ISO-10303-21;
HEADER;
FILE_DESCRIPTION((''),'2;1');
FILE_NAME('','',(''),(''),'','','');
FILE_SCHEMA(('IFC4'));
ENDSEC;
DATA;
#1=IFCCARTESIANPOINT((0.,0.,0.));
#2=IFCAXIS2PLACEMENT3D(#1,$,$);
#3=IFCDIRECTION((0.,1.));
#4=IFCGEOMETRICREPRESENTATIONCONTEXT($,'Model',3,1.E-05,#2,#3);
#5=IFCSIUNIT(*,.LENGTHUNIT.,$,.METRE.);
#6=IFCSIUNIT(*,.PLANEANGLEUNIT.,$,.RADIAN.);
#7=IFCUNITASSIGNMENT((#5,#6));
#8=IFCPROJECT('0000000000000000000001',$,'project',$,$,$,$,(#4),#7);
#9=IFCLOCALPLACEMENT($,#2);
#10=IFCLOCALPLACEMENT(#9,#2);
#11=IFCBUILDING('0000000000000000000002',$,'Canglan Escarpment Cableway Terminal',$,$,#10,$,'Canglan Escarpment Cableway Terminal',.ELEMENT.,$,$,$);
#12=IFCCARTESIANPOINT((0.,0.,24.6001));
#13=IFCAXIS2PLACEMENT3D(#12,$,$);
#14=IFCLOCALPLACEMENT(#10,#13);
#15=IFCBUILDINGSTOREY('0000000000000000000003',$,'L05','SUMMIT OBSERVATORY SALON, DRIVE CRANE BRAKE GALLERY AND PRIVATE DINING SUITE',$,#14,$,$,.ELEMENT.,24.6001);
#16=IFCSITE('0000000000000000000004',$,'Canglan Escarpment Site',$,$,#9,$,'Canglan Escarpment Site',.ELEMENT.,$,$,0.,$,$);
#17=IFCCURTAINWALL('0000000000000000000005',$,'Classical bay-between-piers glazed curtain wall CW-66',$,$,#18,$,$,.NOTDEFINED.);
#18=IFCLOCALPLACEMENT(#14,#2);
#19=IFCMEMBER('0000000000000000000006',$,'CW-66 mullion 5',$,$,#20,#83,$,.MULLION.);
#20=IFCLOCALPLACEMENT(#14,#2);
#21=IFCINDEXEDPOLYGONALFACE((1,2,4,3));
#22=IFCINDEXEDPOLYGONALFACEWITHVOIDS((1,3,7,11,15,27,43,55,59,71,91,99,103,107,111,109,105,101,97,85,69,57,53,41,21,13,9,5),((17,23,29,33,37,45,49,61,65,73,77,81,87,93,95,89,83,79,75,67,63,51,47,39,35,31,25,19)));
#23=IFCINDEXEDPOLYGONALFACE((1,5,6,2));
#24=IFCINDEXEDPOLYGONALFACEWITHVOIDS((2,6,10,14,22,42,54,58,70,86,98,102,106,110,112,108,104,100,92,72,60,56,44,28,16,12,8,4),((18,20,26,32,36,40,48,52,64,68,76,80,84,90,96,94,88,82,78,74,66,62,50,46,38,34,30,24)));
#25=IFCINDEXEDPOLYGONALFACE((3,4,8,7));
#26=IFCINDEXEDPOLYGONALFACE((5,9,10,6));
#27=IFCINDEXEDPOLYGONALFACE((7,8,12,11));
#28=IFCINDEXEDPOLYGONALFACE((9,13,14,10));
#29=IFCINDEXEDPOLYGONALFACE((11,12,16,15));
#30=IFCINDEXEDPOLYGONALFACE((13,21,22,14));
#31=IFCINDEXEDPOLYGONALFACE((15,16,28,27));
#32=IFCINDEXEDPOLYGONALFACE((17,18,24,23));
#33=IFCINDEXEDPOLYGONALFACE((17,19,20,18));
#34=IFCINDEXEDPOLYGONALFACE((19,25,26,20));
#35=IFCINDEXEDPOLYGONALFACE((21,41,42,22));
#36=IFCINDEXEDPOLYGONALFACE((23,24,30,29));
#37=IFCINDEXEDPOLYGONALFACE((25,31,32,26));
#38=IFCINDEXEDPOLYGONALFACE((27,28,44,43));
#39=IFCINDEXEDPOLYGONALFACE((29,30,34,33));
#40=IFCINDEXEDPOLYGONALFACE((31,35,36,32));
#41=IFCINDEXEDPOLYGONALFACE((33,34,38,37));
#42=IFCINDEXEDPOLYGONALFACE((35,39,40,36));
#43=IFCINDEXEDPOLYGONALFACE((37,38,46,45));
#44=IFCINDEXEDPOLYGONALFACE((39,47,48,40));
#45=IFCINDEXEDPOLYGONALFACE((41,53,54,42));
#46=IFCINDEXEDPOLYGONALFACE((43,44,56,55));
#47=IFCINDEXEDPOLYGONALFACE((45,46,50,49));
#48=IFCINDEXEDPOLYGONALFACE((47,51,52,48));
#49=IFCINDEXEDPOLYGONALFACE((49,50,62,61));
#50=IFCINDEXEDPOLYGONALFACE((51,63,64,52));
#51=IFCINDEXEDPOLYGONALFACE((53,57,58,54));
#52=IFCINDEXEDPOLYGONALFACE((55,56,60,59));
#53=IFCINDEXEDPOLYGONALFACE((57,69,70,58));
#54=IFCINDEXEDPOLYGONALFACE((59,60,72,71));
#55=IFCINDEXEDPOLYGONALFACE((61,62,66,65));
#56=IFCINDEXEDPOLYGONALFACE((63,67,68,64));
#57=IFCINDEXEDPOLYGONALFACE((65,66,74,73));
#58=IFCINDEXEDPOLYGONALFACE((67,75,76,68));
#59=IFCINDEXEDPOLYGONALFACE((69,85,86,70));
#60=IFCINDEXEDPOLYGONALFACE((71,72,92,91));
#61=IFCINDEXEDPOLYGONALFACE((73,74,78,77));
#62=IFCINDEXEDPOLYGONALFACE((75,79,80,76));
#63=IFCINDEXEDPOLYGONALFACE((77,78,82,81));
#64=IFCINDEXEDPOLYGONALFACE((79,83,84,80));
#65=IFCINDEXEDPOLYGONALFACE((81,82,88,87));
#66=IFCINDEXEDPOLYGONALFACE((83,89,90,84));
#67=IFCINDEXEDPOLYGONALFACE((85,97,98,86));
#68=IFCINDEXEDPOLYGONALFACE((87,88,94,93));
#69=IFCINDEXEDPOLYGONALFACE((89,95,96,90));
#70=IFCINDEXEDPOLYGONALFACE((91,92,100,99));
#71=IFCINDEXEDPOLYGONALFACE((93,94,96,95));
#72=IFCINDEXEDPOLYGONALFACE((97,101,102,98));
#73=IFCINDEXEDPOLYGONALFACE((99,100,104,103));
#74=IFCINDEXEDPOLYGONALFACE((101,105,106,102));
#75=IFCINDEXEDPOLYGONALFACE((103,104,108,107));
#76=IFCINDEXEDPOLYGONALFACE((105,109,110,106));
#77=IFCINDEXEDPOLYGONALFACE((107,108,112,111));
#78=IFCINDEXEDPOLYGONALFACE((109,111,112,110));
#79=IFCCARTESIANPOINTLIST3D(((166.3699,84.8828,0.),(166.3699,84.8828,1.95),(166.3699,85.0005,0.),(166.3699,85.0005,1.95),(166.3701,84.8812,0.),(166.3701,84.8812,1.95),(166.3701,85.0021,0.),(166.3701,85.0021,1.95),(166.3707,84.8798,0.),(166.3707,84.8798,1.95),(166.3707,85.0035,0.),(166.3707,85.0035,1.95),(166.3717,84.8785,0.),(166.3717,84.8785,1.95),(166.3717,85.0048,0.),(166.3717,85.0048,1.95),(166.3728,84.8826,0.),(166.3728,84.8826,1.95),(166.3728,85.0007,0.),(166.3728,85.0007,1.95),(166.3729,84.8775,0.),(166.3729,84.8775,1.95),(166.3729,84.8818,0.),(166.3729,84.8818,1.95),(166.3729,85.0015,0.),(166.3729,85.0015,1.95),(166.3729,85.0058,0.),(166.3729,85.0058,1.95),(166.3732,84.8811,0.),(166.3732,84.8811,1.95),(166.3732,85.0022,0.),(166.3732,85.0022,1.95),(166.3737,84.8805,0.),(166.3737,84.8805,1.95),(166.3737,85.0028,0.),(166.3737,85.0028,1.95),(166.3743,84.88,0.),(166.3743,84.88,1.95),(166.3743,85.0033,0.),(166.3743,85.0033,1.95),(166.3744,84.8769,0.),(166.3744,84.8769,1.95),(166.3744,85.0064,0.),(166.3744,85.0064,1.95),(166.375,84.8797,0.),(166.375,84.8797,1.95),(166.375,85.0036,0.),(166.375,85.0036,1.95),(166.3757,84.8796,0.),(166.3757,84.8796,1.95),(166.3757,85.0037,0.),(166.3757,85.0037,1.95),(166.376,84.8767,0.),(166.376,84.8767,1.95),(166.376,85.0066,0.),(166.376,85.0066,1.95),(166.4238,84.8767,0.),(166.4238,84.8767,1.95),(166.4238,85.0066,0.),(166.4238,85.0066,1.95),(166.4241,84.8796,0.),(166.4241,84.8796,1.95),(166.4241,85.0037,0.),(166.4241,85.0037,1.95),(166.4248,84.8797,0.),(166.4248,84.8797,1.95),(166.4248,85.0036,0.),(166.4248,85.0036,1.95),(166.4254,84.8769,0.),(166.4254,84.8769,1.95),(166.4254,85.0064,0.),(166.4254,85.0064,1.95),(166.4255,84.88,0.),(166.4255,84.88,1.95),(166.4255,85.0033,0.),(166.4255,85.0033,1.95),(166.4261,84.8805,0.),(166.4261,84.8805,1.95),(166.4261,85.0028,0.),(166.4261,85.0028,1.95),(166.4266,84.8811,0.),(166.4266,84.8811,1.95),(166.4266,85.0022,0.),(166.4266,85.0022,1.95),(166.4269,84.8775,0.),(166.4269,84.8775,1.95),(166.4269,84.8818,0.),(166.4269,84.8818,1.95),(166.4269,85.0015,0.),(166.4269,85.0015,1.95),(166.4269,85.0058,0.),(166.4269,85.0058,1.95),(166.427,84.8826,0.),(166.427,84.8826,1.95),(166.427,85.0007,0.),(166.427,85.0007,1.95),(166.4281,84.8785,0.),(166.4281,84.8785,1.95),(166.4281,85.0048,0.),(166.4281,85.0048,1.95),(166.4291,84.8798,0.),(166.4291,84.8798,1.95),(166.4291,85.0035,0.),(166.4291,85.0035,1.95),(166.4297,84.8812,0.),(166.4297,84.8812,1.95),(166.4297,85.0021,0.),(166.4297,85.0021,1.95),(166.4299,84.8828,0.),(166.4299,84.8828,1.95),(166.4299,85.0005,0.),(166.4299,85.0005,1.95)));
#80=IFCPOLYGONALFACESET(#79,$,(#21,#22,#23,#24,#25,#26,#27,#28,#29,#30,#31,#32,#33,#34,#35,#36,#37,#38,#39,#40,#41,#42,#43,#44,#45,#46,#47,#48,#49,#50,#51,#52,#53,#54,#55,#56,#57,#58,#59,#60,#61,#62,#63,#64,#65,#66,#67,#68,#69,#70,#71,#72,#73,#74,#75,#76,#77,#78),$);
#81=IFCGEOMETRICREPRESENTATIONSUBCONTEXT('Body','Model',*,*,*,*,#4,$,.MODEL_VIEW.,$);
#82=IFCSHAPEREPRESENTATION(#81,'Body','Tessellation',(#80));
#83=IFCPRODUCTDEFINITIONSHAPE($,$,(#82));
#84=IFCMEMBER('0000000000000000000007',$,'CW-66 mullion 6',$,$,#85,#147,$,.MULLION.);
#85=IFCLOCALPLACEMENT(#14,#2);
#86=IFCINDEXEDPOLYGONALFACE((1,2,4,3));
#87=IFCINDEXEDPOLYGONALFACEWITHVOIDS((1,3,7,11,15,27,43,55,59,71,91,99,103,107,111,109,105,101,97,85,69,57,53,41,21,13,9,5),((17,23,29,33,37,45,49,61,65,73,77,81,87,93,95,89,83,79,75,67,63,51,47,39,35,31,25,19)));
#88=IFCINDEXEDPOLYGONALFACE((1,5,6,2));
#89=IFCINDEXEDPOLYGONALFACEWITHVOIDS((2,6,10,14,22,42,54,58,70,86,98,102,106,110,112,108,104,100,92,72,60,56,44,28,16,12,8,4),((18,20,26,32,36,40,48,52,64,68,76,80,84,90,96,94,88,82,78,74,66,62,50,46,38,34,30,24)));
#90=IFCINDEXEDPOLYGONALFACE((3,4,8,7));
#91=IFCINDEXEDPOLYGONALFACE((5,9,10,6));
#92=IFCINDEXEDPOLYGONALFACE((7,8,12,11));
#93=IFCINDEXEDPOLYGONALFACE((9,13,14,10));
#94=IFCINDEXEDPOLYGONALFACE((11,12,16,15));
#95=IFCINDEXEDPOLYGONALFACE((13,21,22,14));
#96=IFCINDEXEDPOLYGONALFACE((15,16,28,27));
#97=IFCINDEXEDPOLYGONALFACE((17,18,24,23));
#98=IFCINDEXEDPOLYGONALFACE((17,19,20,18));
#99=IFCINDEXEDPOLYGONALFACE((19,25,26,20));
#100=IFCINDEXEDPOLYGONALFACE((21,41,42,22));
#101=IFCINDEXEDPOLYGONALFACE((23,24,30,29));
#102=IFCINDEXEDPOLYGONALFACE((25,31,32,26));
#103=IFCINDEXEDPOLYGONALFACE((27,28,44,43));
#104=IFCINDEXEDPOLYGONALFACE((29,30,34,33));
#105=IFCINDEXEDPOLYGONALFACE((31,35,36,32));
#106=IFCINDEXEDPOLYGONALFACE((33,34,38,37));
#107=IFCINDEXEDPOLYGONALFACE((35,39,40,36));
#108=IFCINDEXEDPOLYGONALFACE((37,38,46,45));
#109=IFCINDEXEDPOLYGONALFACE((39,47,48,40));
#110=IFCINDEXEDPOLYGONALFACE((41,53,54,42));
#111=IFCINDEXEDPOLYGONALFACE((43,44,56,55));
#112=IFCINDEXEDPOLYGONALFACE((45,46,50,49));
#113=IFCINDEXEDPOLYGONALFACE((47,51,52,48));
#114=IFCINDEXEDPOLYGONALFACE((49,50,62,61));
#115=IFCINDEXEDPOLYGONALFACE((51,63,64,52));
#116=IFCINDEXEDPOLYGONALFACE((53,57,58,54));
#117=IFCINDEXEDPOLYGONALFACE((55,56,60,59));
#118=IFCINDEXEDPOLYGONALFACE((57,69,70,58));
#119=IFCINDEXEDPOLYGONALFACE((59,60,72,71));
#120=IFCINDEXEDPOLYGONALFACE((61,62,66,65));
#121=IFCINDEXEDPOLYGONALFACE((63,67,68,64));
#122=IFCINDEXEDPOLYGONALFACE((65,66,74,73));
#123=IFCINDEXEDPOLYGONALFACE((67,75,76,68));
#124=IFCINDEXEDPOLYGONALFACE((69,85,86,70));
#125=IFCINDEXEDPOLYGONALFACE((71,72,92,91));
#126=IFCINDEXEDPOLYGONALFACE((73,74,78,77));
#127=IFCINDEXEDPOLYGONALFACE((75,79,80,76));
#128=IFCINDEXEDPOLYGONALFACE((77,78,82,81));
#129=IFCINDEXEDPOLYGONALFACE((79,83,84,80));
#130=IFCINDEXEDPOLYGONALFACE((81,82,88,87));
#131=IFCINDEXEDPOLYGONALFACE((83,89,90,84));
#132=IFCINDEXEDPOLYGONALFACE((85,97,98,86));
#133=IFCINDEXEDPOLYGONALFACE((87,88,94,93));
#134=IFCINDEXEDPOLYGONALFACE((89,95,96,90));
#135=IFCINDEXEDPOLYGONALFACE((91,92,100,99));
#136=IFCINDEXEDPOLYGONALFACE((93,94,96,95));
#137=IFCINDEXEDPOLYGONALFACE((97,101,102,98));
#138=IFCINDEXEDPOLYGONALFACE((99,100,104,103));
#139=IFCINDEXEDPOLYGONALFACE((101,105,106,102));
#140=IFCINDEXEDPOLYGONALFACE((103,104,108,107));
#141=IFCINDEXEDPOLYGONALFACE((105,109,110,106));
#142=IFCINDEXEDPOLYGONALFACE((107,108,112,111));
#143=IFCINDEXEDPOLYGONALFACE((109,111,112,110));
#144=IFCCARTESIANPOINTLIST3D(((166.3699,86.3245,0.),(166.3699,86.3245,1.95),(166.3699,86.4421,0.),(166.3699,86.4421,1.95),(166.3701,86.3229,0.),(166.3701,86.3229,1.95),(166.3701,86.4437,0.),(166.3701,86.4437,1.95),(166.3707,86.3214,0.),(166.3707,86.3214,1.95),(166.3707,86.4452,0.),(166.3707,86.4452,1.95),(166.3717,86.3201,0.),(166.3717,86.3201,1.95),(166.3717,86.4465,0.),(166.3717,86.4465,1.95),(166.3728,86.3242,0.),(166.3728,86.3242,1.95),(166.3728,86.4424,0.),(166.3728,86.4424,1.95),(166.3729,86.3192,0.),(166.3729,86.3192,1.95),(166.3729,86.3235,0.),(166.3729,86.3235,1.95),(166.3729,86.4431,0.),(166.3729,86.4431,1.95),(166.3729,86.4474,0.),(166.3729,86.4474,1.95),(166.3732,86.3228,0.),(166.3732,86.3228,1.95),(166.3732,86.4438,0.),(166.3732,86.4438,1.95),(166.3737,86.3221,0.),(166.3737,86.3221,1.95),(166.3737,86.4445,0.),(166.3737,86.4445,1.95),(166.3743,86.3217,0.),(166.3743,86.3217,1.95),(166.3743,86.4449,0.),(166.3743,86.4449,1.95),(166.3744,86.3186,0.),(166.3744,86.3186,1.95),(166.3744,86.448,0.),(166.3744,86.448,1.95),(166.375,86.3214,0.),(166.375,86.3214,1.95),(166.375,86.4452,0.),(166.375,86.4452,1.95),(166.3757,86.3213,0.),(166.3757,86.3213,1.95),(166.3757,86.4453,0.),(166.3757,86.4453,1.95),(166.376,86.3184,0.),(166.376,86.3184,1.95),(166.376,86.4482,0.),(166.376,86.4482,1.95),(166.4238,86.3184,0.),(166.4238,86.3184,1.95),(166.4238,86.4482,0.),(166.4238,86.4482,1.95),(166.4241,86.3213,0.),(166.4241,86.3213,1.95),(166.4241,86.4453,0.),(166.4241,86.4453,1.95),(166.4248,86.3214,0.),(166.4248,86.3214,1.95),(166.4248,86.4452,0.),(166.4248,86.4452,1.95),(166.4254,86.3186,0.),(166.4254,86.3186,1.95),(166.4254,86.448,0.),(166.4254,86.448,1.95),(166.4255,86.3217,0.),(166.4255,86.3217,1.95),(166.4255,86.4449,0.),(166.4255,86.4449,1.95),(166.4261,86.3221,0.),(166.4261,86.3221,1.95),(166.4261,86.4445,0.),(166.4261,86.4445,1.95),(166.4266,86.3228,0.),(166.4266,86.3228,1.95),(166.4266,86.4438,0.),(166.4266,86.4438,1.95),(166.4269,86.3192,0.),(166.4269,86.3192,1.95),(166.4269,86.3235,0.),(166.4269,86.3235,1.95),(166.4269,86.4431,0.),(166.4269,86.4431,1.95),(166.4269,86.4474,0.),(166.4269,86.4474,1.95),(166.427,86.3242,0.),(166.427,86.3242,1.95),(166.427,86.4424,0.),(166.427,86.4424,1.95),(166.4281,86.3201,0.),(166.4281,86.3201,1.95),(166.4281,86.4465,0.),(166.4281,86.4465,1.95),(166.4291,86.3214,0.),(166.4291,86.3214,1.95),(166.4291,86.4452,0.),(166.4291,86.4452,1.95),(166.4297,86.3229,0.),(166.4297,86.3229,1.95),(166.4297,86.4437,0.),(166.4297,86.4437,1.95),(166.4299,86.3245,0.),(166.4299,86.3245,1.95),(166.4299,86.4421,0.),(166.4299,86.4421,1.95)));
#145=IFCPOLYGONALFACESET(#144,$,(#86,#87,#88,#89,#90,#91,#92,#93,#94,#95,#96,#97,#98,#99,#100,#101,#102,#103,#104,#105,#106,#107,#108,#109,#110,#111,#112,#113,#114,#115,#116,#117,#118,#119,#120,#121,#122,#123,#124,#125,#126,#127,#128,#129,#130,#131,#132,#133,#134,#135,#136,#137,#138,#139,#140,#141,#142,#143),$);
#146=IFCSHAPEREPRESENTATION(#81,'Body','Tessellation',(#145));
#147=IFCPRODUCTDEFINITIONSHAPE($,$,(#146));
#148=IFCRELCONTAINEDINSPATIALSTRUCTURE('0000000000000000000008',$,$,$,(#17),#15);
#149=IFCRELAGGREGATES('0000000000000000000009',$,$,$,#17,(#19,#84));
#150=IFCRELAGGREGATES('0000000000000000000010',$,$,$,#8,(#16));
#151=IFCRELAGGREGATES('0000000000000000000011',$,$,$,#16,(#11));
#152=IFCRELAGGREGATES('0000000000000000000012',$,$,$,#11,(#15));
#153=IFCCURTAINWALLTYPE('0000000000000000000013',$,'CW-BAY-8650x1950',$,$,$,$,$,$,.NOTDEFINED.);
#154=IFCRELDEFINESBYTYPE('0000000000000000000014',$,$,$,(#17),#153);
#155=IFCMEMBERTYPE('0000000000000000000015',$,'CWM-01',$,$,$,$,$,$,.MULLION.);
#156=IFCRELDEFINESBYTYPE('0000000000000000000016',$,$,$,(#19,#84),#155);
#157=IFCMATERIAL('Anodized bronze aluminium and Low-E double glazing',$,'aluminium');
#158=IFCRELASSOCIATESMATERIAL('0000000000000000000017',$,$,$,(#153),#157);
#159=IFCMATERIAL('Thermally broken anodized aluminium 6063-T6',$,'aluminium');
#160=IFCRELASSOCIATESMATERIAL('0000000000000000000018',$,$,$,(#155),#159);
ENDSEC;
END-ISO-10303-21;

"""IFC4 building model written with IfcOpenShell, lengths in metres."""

from ifc_helpers import new_model, si_unit, direction, frame, origin, origin_2d, place, context, subcontext, project, spatial, hollow_rectangle, extrude, material, material_profile, profile_set, type_object, element, aggregate, save


model = new_model("IFC4")

# Units and contexts
model_context = context("Model", 3, precision=1e-05, world=origin(), true_north=direction((0.0, 1.0)))
body_context = subcontext(model_context, "Body", "Model", "MODEL_VIEW")
ifc_project = project(units=[si_unit("LENGTHUNIT", "METRE"), si_unit("PLANEANGLEUNIT", "RADIAN")], contexts=[model_context])

# Site, building, storey
site_placement = place(None, origin())
site = spatial("IfcSite", under=ifc_project, at=site_placement, Name="Canglan Escarpment Site", LongName="Canglan Escarpment Site", CompositionType="ELEMENT", RefElevation=0.0)
building_placement = place(site_placement, origin())
building = spatial("IfcBuilding", under=site, at=building_placement, Name="Canglan Escarpment Cableway Terminal", LongName="Canglan Escarpment Cableway Terminal", CompositionType="ELEMENT")
storey_placement = place(building_placement, frame((0.0, 0.0, 24.6001)))
storey = spatial("IfcBuildingStorey", under=building, at=storey_placement, Name="L05", Description="SUMMIT OBSERVATORY SALON, DRIVE CRANE BRAKE GALLERY AND PRIVATE DINING SUITE", CompositionType="ELEMENT", Elevation=24.6001)

# Curtain wall, members
ifc_material_1 = material(Name="Anodized bronze aluminium and Low-E double glazing", Category="aluminium")
curtain_wall_type = type_object("IfcCurtainWallType", Name="CW-BAY-8650x1950", PredefinedType="NOTDEFINED", material=ifc_material_1)
curtain_wall_1_placement = place(storey_placement, origin())
curtain_wall_1 = element("IfcCurtainWall", 1, at=curtain_wall_1_placement, inside=storey, type_object=curtain_wall_type, Name="Classical bay-between-piers glazed curtain wall CW-66", PredefinedType="NOTDEFINED")
ifc_material_2 = material(Name="Thermally broken anodized aluminium 6063-T6", Category="aluminium")
ifc_material_profile_1 = material_profile(ifc_material_2, hollow_rectangle(XDim=0.0601, YDim=0.1299, WallThickness=0.0029, InnerFilletRadius=0.0029, OuterFilletRadius=0.0061, at=origin_2d()), Name="ALU-MULL 60x130x3")
ifc_profile_set_1 = profile_set([ifc_material_profile_1], Name="Thermally broken anodized aluminium 6063-T6")
member_type_1 = type_object("IfcMemberType", Name="CWM-01", PredefinedType="MULLION", material=ifc_profile_set_1)
member_1_placement = place(storey_placement, frame((166.3999, 84.9417, 0.0), z_axis=(0.0, 0.0, 1.0), x_axis=(-1.0, 0.0, 0.0)))
member_1 = element("IfcMember", 2, at=member_1_placement, type_object=member_type_1, Name="CW-66 mullion 5", PredefinedType="MULLION", context=body_context, shape_type="SweptSolid", body=[
    extrude(hollow_rectangle(XDim=0.0601, YDim=0.1299, WallThickness=0.0029, InnerFilletRadius=0.0029, OuterFilletRadius=0.0061, at=origin_2d()), origin(), (0.0, 0.0, 1.0), 1.95),
])
member_2_placement = place(storey_placement, frame((166.3999, 86.3833, 0.0), z_axis=(0.0, 0.0, 1.0), x_axis=(-1.0, 0.0, 0.0)))
member_2 = element("IfcMember", 3, at=member_2_placement, type_object=member_type_1, Name="CW-66 mullion 6", PredefinedType="MULLION", context=body_context, shape_type="SweptSolid", body=[
    extrude(hollow_rectangle(XDim=0.0601, YDim=0.1299, WallThickness=0.0029, InnerFilletRadius=0.0029, OuterFilletRadius=0.0061, at=origin_2d()), origin(), (0.0, 0.0, 1.0), 1.95),
])

aggregate(curtain_wall_1, [member_1, member_2])

save(model, "model.ifc")
